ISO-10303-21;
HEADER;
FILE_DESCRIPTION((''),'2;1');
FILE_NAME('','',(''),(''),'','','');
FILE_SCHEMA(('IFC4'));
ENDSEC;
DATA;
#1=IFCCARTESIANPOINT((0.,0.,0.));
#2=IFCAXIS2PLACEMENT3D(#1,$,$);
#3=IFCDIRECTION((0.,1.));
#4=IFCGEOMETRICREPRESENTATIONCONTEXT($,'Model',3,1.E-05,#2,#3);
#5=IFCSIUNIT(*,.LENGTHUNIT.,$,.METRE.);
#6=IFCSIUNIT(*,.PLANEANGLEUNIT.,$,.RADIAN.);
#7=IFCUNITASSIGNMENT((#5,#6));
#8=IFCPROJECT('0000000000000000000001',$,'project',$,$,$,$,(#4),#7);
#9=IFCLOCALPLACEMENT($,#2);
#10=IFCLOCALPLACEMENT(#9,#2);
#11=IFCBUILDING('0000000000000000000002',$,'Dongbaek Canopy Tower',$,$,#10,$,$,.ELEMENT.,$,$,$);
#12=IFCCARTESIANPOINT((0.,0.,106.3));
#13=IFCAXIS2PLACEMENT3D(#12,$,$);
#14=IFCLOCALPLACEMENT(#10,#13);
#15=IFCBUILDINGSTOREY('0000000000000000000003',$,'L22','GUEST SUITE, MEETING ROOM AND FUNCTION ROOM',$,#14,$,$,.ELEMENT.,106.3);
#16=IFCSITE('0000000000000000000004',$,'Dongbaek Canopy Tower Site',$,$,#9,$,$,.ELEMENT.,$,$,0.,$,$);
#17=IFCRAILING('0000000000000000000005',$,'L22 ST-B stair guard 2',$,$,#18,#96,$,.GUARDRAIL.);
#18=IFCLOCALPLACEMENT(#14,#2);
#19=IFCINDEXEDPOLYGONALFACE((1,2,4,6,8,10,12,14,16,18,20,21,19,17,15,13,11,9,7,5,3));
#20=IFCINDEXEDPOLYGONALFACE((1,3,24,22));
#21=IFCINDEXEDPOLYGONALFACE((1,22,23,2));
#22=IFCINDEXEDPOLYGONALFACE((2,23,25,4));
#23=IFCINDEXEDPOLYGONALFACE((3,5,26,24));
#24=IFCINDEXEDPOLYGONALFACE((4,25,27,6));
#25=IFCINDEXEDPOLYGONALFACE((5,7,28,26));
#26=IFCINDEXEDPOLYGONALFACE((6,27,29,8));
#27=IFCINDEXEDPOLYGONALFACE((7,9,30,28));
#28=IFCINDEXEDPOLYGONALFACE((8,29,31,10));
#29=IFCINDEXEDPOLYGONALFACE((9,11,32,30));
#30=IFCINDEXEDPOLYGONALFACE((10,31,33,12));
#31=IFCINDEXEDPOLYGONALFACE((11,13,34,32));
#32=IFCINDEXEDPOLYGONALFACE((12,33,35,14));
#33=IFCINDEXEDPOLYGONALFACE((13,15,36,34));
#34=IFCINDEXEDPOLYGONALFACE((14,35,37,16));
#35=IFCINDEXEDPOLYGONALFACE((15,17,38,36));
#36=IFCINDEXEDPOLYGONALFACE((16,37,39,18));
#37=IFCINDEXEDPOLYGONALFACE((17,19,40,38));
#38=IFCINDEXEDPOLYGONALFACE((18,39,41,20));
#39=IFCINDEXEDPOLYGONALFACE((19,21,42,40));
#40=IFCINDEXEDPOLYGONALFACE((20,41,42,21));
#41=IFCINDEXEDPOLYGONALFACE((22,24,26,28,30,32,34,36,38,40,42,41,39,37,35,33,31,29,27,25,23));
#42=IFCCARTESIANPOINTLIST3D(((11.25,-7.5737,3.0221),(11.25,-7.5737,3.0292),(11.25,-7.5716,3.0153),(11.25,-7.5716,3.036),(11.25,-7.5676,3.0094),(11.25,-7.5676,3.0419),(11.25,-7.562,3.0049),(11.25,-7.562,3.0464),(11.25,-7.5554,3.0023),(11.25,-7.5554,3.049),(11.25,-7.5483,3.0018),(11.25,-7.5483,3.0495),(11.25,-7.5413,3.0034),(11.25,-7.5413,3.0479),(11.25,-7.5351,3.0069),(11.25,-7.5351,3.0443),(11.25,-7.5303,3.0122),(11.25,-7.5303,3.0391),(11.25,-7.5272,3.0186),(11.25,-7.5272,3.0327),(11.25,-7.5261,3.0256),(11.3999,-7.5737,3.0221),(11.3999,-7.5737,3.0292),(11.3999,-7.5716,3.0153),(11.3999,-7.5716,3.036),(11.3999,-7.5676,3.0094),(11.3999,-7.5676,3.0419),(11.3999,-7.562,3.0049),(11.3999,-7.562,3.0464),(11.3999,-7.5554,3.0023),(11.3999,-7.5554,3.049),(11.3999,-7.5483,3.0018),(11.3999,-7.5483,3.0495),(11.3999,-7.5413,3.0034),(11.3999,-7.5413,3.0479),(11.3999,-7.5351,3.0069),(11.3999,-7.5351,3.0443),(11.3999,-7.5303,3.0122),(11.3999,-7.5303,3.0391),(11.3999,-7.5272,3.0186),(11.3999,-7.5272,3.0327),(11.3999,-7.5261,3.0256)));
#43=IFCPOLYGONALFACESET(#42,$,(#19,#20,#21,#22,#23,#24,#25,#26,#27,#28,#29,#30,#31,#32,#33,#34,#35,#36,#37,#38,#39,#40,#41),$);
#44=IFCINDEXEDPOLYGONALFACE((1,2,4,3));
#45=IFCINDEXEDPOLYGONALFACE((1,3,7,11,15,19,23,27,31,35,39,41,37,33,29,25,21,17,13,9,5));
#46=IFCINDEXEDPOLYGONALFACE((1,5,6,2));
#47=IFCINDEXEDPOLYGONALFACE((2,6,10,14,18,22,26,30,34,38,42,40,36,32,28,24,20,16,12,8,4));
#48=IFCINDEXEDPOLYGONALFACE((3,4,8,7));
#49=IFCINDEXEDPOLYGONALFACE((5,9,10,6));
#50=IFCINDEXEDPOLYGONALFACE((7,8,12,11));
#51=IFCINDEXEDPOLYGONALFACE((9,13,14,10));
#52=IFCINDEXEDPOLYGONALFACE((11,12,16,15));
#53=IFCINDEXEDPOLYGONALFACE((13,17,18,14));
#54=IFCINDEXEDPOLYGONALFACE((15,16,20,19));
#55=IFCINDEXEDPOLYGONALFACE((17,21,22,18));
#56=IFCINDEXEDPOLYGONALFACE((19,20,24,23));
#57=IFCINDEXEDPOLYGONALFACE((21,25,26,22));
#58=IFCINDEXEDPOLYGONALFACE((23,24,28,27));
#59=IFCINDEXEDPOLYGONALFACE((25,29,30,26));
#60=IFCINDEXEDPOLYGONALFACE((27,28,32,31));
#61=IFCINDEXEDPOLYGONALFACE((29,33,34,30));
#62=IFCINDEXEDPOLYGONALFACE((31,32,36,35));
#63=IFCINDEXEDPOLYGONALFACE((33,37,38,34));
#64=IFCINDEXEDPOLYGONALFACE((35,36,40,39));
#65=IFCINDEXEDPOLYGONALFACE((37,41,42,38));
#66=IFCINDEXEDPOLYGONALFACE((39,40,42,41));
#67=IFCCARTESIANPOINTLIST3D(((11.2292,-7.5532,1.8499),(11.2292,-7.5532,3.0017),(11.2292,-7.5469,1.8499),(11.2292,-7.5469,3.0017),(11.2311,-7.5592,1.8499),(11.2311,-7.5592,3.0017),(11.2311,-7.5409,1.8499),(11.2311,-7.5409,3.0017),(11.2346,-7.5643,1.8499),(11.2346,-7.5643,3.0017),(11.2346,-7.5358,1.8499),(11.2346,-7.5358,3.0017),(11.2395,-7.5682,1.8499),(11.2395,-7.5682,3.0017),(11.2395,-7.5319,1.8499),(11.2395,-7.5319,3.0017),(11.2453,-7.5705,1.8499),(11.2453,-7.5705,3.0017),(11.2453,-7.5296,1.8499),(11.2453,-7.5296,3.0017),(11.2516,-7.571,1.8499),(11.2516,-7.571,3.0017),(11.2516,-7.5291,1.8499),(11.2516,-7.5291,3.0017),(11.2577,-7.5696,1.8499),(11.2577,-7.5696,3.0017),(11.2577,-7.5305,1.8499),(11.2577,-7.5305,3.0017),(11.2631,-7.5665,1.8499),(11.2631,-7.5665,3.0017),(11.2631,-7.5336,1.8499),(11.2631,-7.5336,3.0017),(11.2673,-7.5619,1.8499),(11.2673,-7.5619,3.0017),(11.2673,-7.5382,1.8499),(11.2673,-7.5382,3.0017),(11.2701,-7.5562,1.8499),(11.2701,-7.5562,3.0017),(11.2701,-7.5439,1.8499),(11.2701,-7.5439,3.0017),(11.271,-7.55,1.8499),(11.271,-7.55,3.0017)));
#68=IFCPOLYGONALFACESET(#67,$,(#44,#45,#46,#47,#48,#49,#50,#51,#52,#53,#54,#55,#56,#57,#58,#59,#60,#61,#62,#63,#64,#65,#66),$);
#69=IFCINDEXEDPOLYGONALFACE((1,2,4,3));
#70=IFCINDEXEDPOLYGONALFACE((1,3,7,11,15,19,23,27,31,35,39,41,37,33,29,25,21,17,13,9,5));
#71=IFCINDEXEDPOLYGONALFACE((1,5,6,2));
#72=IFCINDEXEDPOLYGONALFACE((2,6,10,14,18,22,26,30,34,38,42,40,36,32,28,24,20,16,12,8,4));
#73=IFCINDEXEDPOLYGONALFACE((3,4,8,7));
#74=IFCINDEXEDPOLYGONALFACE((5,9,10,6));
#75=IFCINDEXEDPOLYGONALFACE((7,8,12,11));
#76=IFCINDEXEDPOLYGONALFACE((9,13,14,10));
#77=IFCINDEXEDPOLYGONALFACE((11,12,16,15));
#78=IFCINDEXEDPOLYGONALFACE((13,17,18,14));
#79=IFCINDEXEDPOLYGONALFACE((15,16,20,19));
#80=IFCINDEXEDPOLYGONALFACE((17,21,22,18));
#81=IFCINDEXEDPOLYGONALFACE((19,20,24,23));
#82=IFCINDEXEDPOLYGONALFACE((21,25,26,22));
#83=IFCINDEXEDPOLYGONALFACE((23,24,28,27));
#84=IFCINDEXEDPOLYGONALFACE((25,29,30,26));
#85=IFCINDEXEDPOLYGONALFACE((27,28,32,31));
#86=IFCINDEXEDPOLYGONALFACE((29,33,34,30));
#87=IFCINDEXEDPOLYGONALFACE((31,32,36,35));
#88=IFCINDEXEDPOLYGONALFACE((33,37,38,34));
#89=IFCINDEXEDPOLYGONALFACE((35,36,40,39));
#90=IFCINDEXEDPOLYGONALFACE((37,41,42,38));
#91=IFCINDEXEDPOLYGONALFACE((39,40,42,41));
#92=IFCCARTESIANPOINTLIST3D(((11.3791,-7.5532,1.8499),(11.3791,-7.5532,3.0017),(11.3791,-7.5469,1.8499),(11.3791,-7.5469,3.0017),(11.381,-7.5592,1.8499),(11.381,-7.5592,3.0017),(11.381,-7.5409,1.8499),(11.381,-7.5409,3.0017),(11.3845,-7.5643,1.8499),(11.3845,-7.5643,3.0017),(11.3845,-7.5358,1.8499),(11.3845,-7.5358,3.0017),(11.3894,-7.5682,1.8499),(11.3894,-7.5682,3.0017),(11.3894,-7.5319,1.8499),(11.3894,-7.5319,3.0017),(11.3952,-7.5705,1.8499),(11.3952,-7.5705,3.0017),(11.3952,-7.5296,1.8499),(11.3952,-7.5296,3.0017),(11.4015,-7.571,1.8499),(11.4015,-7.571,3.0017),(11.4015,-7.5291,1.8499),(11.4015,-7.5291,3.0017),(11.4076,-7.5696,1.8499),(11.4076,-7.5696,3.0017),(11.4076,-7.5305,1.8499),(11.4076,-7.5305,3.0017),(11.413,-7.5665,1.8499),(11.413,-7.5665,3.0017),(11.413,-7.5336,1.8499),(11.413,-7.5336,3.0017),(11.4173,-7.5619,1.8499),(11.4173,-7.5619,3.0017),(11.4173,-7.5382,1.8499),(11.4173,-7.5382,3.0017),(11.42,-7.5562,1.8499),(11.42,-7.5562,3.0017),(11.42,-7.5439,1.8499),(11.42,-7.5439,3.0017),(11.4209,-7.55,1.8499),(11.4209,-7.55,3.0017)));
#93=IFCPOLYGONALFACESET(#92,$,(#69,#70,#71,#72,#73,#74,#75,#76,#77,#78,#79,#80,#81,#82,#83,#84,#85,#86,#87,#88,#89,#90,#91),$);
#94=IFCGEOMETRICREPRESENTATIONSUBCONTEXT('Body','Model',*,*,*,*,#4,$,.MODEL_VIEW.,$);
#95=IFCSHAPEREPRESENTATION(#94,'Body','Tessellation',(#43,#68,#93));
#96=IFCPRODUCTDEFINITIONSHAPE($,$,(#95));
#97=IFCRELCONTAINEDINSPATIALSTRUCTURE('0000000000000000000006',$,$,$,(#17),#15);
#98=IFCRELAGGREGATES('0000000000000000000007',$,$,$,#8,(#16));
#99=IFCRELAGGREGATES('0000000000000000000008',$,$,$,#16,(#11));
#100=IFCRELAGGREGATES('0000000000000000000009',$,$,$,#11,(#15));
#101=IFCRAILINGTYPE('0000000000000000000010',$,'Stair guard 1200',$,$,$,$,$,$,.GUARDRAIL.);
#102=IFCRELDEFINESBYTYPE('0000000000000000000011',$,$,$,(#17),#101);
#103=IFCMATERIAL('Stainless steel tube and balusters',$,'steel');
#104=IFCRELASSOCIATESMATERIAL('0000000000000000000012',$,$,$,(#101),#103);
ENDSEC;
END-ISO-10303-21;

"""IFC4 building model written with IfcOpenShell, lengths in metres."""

from ifc_helpers import new_model, si_unit, direction, frame, origin, origin_2d, place, context, subcontext, project, spatial, circle, extrude, material, type_object, element, save


model = new_model("IFC4")

# Units and contexts
model_context = context("Model", 3, precision=1e-05, world=origin(), true_north=direction((0.0, 1.0)))
body_context = subcontext(model_context, "Body", "Model", "MODEL_VIEW")
ifc_project = project(units=[si_unit("LENGTHUNIT", "METRE"), si_unit("PLANEANGLEUNIT", "RADIAN")], contexts=[model_context])

# Site, building, storey
site_placement = place(None, origin())
site = spatial("IfcSite", under=ifc_project, at=site_placement, Name="Dongbaek Canopy Tower Site", CompositionType="ELEMENT", RefElevation=0.0)
building_placement = place(site_placement, origin())
building = spatial("IfcBuilding", under=site, at=building_placement, Name="Dongbaek Canopy Tower", CompositionType="ELEMENT")
storey_placement = place(building_placement, frame((0.0, 0.0, 106.3)))
storey = spatial("IfcBuildingStorey", under=building, at=storey_placement, Name="L22", Description="GUEST SUITE, MEETING ROOM AND FUNCTION ROOM", CompositionType="ELEMENT", Elevation=106.3)

# Railing
ifc_material_1 = material(Name="Stainless steel tube and balusters", Category="steel")
railing_type_1 = type_object("IfcRailingType", Name="Stair guard 1200", PredefinedType="GUARDRAIL", material=ifc_material_1)
railing_1_placement = place(storey_placement, frame((11.25, -7.55, 1.8499)))
element("IfcRailing", 1, at=railing_1_placement, inside=storey, type_object=railing_type_1, Name="L22 ST-B stair guard 2", PredefinedType="GUARDRAIL", context=body_context, shape_type="SweptSolid", body=[
    extrude(circle(Radius=0.0239, at=origin_2d()), frame((0.0, 0.0, 1.1758), z_axis=(1.0, 0.0, 0.0), x_axis=(0.0, 1.0, 0.0)), (0.0, 0.0, 1.0), 0.1499),
    extrude(circle(Radius=0.021, at=origin_2d()), origin(), (0.0, 0.0, 1.0), 1.1519),
    extrude(circle(Radius=0.021, at=origin_2d()), frame((0.1499, 0.0, 0.0)), (0.0, 0.0, 1.0), 1.1519),
])

save(model, "model.ifc")
